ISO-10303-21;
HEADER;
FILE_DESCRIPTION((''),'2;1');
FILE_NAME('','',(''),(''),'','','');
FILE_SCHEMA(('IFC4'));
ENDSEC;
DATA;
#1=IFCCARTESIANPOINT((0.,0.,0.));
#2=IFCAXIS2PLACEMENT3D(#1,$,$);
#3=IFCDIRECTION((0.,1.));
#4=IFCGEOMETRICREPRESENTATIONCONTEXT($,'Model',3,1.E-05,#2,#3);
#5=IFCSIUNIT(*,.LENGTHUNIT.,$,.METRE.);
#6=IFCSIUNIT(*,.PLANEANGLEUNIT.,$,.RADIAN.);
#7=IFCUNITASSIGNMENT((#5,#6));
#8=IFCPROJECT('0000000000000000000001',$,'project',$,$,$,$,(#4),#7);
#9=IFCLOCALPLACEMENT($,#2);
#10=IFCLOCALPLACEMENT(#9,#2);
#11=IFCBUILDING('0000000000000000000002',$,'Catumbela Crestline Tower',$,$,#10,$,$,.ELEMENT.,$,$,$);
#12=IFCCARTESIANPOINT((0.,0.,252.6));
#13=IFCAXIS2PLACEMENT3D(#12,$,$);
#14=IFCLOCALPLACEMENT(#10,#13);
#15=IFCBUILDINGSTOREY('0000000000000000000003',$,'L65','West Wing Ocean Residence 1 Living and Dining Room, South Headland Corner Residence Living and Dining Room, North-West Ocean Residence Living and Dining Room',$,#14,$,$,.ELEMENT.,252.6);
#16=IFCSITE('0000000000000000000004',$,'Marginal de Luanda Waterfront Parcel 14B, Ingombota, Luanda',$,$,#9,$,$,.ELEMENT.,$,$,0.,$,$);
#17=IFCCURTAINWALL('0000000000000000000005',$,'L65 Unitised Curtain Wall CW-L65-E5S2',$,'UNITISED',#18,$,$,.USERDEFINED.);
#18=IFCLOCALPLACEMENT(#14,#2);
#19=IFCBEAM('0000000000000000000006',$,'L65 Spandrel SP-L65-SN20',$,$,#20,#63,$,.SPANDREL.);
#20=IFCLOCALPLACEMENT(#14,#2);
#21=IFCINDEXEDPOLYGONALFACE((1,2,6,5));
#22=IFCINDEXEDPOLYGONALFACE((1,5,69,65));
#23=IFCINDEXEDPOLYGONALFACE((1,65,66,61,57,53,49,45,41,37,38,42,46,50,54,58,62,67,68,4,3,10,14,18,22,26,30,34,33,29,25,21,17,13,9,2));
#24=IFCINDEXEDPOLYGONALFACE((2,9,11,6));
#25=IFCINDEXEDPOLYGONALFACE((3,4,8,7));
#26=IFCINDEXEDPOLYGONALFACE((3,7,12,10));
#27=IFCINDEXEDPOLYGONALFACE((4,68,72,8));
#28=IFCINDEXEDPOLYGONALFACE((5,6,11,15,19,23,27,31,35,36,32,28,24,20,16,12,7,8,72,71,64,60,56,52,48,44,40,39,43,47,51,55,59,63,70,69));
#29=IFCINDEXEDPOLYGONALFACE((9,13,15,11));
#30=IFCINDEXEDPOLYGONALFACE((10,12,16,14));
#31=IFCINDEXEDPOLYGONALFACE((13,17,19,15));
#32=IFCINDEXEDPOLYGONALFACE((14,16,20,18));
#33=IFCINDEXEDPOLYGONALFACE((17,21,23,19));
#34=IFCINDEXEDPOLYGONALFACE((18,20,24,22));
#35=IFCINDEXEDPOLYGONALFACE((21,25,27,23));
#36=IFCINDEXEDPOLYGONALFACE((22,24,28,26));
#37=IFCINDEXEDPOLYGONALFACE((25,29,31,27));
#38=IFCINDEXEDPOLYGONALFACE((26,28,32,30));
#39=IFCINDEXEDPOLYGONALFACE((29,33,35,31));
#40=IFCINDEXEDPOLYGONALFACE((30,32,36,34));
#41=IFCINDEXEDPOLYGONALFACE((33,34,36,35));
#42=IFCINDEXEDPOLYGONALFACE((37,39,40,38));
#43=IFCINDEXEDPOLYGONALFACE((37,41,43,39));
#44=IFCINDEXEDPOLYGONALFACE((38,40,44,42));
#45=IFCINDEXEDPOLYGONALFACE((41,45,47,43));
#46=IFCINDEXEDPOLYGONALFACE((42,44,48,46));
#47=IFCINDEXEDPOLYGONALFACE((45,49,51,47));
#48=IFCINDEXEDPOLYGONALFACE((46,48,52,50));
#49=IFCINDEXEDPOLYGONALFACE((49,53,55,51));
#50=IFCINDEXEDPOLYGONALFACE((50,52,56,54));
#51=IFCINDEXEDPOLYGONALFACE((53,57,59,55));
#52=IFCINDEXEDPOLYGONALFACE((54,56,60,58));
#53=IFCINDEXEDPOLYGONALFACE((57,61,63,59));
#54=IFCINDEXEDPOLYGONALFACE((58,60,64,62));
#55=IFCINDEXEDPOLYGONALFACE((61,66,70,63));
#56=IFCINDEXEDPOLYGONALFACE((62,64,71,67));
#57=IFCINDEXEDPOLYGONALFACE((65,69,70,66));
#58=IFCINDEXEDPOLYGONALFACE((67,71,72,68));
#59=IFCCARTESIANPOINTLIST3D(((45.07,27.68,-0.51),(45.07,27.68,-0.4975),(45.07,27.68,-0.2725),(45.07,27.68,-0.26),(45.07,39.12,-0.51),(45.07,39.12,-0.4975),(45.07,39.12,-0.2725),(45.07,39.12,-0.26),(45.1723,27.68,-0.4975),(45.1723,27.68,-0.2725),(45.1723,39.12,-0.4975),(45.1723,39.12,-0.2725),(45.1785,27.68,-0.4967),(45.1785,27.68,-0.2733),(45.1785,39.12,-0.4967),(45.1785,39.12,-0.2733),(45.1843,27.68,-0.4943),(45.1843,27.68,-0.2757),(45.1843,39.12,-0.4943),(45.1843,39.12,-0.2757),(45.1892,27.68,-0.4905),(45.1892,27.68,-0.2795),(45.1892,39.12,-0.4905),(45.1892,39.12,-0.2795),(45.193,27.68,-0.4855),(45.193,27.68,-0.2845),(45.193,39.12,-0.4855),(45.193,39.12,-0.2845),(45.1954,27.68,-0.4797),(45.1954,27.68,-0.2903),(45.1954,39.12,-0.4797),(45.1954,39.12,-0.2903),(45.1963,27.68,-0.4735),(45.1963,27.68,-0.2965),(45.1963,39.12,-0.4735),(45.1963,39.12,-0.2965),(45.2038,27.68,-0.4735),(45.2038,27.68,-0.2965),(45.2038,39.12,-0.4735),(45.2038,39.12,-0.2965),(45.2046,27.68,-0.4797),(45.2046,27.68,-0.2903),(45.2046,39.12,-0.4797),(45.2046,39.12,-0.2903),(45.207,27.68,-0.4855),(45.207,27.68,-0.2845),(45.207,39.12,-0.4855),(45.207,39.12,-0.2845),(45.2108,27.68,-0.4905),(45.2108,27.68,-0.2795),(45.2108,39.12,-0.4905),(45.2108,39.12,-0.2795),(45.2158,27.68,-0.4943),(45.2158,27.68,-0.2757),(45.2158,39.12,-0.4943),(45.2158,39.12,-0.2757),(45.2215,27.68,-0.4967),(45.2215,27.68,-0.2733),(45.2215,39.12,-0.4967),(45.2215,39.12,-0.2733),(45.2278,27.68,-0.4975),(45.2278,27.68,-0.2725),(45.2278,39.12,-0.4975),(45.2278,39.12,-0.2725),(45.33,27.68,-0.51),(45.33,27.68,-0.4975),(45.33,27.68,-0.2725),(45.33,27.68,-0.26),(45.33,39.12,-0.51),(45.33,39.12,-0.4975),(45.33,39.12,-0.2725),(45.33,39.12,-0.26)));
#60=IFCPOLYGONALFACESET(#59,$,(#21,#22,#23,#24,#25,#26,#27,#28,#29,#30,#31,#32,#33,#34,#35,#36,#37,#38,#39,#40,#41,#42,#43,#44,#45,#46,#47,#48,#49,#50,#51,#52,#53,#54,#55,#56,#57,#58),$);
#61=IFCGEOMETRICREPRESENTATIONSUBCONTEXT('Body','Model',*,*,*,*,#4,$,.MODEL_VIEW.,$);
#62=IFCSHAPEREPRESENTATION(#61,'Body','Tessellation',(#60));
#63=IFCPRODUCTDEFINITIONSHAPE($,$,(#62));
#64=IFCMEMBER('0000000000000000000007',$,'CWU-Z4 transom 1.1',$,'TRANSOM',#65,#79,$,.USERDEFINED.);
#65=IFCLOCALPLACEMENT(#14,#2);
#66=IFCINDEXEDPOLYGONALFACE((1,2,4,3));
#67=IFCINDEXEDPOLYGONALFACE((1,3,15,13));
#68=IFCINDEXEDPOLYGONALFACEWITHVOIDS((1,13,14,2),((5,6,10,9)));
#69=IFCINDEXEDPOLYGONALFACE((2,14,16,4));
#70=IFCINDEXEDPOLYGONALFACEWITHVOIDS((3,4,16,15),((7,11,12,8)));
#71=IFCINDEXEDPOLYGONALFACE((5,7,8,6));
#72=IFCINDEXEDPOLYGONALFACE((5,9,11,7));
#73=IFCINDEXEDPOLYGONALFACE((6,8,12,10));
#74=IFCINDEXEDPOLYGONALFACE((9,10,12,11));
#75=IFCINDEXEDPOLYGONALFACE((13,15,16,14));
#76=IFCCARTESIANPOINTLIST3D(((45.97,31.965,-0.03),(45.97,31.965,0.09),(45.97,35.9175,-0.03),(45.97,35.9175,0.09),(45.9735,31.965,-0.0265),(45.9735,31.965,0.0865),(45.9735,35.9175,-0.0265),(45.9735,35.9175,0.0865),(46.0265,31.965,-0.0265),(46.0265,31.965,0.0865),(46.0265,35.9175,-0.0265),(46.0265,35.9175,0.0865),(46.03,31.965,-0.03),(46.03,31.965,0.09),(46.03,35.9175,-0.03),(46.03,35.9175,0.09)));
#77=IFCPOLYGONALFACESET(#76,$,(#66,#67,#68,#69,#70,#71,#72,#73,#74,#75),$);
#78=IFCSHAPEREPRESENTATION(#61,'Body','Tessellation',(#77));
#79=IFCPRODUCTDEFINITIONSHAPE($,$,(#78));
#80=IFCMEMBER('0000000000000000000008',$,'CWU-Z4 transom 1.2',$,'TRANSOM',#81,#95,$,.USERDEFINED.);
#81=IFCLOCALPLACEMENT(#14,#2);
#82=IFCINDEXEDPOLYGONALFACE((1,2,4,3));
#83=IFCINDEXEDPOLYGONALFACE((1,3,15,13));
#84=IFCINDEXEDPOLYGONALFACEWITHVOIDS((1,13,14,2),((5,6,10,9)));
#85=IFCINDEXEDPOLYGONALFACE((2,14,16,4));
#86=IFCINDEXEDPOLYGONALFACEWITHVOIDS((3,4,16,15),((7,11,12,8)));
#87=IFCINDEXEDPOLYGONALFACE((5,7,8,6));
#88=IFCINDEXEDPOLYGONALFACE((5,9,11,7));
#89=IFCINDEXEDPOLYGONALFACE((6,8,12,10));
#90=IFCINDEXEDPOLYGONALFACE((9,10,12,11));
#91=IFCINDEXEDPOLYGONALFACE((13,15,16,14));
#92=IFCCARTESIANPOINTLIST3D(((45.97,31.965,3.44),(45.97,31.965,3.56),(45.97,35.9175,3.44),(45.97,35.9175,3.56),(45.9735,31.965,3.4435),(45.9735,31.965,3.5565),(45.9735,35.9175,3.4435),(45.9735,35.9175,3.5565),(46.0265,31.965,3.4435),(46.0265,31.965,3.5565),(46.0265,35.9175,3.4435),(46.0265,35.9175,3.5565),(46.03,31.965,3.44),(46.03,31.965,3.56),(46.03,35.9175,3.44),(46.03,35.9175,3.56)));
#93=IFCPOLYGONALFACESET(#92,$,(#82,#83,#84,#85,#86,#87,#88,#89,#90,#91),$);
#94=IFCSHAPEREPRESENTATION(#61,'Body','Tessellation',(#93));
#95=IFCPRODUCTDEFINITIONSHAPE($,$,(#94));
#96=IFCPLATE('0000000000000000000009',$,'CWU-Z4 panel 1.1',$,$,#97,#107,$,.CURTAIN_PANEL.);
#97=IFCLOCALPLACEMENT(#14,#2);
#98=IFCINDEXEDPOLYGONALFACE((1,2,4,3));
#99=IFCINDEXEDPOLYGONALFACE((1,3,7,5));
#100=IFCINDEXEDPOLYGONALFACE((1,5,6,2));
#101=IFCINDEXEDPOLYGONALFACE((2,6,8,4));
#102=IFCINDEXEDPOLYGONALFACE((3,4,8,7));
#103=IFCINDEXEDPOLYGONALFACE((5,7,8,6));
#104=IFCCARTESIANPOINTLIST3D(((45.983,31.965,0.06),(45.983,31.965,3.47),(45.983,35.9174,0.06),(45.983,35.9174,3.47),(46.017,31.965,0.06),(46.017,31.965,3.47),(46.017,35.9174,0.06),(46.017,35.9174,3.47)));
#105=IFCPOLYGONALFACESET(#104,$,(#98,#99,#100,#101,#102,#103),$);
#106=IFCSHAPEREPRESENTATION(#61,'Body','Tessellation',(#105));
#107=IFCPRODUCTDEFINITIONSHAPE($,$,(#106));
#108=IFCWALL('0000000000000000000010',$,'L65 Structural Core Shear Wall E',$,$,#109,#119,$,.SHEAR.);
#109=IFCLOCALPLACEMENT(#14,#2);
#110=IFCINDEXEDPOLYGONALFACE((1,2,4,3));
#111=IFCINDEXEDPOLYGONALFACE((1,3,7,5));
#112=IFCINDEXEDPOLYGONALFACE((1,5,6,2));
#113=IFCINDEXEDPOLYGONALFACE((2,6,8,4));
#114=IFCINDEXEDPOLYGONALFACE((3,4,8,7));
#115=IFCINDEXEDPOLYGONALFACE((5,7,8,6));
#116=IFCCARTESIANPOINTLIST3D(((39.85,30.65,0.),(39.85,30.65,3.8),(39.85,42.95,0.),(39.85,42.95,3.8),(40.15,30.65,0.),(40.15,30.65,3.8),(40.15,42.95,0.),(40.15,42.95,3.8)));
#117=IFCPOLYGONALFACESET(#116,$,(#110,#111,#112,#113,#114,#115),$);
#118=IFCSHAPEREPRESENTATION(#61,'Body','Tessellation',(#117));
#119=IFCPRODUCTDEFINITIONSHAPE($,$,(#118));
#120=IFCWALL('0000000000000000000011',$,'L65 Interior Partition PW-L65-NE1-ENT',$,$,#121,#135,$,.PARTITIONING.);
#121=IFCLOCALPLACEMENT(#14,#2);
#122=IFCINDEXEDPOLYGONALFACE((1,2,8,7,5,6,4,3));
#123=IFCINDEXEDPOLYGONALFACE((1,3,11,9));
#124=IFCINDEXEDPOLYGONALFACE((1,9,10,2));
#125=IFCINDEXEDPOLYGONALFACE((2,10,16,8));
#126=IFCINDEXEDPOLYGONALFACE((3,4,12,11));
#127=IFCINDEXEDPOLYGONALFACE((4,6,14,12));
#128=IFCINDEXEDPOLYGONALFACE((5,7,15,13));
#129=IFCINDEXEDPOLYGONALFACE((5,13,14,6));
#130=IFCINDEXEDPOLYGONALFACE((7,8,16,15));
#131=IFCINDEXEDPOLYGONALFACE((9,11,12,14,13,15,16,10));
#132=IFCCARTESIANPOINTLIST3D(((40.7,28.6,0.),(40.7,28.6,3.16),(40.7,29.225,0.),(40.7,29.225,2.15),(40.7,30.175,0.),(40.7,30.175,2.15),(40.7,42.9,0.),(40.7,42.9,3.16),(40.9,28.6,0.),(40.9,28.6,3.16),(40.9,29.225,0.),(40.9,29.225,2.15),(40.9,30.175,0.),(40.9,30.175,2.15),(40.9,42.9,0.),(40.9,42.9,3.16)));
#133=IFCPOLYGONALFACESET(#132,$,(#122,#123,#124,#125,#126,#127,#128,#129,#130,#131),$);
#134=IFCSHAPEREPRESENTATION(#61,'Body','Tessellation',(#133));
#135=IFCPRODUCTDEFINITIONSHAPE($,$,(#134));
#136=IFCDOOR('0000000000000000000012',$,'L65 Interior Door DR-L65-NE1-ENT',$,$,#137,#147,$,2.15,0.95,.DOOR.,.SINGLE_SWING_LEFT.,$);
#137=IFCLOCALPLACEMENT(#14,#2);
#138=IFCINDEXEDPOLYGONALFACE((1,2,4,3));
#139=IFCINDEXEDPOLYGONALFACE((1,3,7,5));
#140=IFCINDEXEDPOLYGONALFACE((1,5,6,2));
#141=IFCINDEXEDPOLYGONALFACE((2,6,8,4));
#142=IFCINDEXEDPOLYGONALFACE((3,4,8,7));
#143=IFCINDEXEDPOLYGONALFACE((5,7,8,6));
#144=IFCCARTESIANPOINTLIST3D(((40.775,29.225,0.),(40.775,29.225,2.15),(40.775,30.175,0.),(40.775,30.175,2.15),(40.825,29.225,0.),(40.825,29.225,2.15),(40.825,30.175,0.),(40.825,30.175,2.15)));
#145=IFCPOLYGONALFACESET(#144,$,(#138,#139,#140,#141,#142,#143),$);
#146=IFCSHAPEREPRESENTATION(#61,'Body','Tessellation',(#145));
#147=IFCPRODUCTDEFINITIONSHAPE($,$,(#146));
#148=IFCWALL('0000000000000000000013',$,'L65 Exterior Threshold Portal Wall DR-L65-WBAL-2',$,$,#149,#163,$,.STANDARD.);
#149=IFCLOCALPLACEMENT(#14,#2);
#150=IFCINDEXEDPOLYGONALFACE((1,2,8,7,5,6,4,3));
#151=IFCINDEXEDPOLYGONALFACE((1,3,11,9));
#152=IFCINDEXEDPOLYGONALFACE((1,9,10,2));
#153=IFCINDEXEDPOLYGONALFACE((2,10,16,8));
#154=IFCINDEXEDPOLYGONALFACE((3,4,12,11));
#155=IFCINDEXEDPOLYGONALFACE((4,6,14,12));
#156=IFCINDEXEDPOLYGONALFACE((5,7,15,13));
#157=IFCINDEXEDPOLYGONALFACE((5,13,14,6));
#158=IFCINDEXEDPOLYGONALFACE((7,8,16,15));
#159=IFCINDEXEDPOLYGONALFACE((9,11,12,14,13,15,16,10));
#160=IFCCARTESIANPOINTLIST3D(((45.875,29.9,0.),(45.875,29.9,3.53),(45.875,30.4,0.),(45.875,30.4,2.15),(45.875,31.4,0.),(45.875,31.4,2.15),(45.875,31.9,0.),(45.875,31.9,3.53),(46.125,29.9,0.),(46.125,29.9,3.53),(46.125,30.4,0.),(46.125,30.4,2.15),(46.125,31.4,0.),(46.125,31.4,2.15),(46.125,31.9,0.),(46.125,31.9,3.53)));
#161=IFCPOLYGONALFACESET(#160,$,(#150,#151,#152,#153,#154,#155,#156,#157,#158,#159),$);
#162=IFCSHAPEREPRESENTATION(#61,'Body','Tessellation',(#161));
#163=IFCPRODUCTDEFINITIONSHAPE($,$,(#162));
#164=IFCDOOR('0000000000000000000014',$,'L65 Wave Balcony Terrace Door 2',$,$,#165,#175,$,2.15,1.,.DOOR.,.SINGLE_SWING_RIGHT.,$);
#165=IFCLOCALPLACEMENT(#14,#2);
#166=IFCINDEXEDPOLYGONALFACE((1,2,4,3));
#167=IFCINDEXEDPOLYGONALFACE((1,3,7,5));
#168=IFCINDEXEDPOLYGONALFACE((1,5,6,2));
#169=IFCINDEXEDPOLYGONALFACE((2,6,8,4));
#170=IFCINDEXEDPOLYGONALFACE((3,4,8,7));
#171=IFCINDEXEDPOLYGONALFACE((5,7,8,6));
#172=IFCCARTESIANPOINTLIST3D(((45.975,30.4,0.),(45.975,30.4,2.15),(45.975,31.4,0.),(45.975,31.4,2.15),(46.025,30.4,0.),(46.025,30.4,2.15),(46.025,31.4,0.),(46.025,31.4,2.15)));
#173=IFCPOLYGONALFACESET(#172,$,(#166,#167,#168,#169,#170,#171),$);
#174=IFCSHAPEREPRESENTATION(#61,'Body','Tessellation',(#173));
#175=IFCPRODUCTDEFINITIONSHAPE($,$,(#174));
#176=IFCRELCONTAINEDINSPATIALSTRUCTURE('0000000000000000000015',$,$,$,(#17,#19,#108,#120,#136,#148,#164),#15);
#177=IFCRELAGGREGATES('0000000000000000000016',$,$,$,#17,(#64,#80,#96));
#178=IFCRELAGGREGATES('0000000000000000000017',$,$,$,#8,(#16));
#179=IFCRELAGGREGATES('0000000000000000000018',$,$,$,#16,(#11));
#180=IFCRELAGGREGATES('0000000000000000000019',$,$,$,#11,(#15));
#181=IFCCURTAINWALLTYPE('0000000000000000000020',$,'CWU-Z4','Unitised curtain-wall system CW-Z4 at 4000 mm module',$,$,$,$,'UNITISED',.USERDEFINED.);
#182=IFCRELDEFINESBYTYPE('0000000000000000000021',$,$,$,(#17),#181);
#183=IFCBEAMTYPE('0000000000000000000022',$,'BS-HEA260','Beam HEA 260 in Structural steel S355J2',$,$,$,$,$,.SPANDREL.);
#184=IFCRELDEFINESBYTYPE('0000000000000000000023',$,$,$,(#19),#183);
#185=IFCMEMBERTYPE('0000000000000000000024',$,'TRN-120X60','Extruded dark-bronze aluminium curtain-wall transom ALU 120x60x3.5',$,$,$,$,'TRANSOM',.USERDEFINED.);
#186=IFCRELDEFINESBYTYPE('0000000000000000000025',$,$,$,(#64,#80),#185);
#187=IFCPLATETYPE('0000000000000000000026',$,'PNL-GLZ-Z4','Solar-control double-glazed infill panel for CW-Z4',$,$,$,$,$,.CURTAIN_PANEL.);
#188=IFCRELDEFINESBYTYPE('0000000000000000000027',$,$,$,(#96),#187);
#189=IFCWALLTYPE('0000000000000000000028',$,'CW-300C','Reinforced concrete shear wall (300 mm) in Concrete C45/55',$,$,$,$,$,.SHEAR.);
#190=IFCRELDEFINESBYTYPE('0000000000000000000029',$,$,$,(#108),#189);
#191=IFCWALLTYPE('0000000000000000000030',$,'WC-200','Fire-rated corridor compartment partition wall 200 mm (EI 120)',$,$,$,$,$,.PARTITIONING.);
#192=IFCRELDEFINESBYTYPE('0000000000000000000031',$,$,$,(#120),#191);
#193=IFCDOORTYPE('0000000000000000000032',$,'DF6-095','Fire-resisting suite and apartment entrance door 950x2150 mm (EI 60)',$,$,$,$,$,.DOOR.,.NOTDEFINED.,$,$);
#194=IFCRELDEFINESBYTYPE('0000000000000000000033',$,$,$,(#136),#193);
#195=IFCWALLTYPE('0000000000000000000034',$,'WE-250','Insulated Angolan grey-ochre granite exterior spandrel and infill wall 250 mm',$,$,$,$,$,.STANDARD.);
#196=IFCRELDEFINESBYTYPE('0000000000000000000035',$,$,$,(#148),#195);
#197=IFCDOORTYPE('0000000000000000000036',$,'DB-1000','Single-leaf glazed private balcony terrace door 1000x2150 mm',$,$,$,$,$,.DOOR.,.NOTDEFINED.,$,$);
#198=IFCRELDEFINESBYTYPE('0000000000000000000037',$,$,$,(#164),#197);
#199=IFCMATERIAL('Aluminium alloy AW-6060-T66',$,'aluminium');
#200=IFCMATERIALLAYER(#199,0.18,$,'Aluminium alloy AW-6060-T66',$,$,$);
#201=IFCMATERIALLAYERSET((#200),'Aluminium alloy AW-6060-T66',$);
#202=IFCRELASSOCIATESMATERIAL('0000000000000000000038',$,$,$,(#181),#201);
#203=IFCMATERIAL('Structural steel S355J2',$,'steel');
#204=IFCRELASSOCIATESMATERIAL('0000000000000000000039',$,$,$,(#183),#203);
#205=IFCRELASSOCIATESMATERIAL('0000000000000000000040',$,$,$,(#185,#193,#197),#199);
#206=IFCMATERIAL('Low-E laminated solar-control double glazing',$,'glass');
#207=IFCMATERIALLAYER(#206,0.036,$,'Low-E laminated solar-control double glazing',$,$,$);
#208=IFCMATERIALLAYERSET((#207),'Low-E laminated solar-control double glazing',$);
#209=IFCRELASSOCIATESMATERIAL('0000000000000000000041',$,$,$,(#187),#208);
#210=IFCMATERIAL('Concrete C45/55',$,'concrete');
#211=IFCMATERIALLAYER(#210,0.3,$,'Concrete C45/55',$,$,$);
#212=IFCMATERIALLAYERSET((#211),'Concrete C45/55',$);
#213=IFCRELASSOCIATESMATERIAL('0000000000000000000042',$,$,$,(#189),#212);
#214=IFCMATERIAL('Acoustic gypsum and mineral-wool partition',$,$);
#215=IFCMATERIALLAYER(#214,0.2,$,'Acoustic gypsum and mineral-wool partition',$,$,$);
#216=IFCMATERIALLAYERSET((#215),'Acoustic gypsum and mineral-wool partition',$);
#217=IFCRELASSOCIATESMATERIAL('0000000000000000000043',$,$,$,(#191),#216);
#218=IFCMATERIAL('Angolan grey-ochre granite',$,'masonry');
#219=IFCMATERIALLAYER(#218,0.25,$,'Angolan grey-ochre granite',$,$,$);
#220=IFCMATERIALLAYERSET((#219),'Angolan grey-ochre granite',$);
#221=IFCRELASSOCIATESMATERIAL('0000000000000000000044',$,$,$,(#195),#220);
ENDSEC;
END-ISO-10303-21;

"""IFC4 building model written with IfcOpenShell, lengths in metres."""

from ifc_helpers import new_model, si_unit, direction, frame, frame_2d, origin, origin_2d, place, context, subcontext, project, spatial, rectangle, hollow_rectangle, i_section, extrude, material, layer, layer_set, material_profile, profile_set, type_object, element, fill, aggregate, save


model = new_model("IFC4")

# Units and contexts
model_context = context("Model", 3, precision=1e-05, world=origin(), true_north=direction((0.0, 1.0)))
body_context = subcontext(model_context, "Body", "Model", "MODEL_VIEW")
ifc_project = project(units=[si_unit("LENGTHUNIT", "METRE"), si_unit("PLANEANGLEUNIT", "RADIAN")], contexts=[model_context])

# Site, building, storey
site_placement = place(None, origin())
site = spatial("IfcSite", under=ifc_project, at=site_placement, Name="Marginal de Luanda Waterfront Parcel 14B, Ingombota, Luanda", CompositionType="ELEMENT", RefElevation=0.0)
building_placement = place(site_placement, origin())
building = spatial("IfcBuilding", under=site, at=building_placement, Name="Catumbela Crestline Tower", CompositionType="ELEMENT")
storey_placement = place(building_placement, frame((0.0, 0.0, 252.6)))
storey = spatial("IfcBuildingStorey", under=building, at=storey_placement, Name="L65", Description="West Wing Ocean Residence 1 Living and Dining Room, South Headland Corner Residence Living and Dining Room, North-West Ocean Residence Living and Dining Room", CompositionType="ELEMENT", Elevation=252.6)

# Shared definitions
ifc_material_1 = material(Name="Concrete C45/55", Category="concrete")
ifc_material_2 = material(Name="Structural steel S355J2", Category="steel")

# Curtain wall
ifc_material_3 = material(Name="Aluminium alloy AW-6060-T66", Category="aluminium")
ifc_layer_1 = layer(ifc_material_3, 0.18, Name="Aluminium alloy AW-6060-T66")
ifc_layer_set_1 = layer_set([ifc_layer_1], Name="Aluminium alloy AW-6060-T66")
curtain_wall_type = type_object("IfcCurtainWallType", Name="CWU-Z4", Description="Unitised curtain-wall system CW-Z4 at 4000 mm module", ElementType="UNITISED", PredefinedType="USERDEFINED", material=ifc_layer_set_1)
curtain_wall_placement = place(storey_placement, origin())
curtain_wall = element("IfcCurtainWall", 1, at=curtain_wall_placement, inside=storey, type_object=curtain_wall_type, Name="L65 Unitised Curtain Wall CW-L65-E5S2", ObjectType="UNITISED", PredefinedType="USERDEFINED")

# Beam
ifc_material_profile_1 = material_profile(ifc_material_2, i_section(OverallWidth=0.26, OverallDepth=0.25, WebThickness=0.0075, FlangeThickness=0.0125, FilletRadius=0.024, at=origin_2d()), Name="HEA 260")
ifc_profile_set_1 = profile_set([ifc_material_profile_1], Name="Structural steel S355J2")
beam_type_1 = type_object("IfcBeamType", Name="BS-HEA260", Description="Beam HEA 260 in Structural steel S355J2", PredefinedType="SPANDREL", material=ifc_profile_set_1)
beam_1_placement = place(storey_placement, frame((45.2, 27.68, -0.385), z_axis=(0.0, 1.0, 0.0), x_axis=(-1.0, 0.0, 0.0)))
element("IfcBeam", 2, at=beam_1_placement, inside=storey, type_object=beam_type_1, Name="L65 Spandrel SP-L65-SN20", PredefinedType="SPANDREL", context=body_context, shape_type="SweptSolid", body=[
    extrude(i_section(OverallWidth=0.26, OverallDepth=0.25, WebThickness=0.0075, FlangeThickness=0.0125, FilletRadius=0.024, at=origin_2d()), origin(), (0.0, 0.0, 1.0), 11.44),
])

# Members
ifc_material_profile_2 = material_profile(ifc_material_3, hollow_rectangle(XDim=0.06, YDim=0.12, WallThickness=0.0035, at=origin_2d()), Name="ALU 120x60x3.5")
ifc_profile_set_2 = profile_set([ifc_material_profile_2], Name="Aluminium alloy AW-6060-T66")
member_type_1 = type_object("IfcMemberType", Name="TRN-120X60", Description="Extruded dark-bronze aluminium curtain-wall transom ALU 120x60x3.5", ElementType="TRANSOM", PredefinedType="USERDEFINED", material=ifc_profile_set_2)
member_1_placement = place(storey_placement, frame((46.0, 31.965, 0.03), z_axis=(0.0, 1.0, 0.0), x_axis=(-1.0, 0.0, 0.0)))
member_1 = element("IfcMember", 3, at=member_1_placement, type_object=member_type_1, Name="CWU-Z4 transom 1.1", ObjectType="TRANSOM", PredefinedType="USERDEFINED", context=body_context, shape_type="SweptSolid", body=[
    extrude(hollow_rectangle(XDim=0.06, YDim=0.12, WallThickness=0.0035, at=origin_2d()), origin(), (0.0, 0.0, 1.0), 3.9525),
])
member_2_placement = place(storey_placement, frame((46.0, 31.965, 3.5), z_axis=(0.0, 1.0, 0.0), x_axis=(-1.0, 0.0, 0.0)))
member_2 = element("IfcMember", 4, at=member_2_placement, type_object=member_type_1, Name="CWU-Z4 transom 1.2", ObjectType="TRANSOM", PredefinedType="USERDEFINED", context=body_context, shape_type="SweptSolid", body=[
    extrude(hollow_rectangle(XDim=0.06, YDim=0.12, WallThickness=0.0035, at=origin_2d()), origin(), (0.0, 0.0, 1.0), 3.9525),
])

# Plate
ifc_material_4 = material(Name="Low-E laminated solar-control double glazing", Category="glass")
ifc_layer_2 = layer(ifc_material_4, 0.036, Name="Low-E laminated solar-control double glazing")
ifc_layer_set_2 = layer_set([ifc_layer_2], Name="Low-E laminated solar-control double glazing")
plate_type = type_object("IfcPlateType", Name="PNL-GLZ-Z4", Description="Solar-control double-glazed infill panel for CW-Z4", PredefinedType="CURTAIN_PANEL", material=ifc_layer_set_2)
plate_placement = place(storey_placement, frame((46.0, 33.9412, 0.06), z_axis=(0.0, 0.0, 1.0), x_axis=(0.0, 1.0, 0.0)))
plate = element("IfcPlate", 5, at=plate_placement, type_object=plate_type, Name="CWU-Z4 panel 1.1", PredefinedType="CURTAIN_PANEL", context=body_context, shape_type="SweptSolid", body=[
    extrude(rectangle(XDim=3.9525, YDim=0.034, at=origin_2d()), origin(), (0.0, 0.0, 1.0), 3.41),
])
aggregate(curtain_wall, [member_1, member_2, plate])

# Wall
ifc_layer_3 = layer(ifc_material_1, 0.3, Name="Concrete C45/55")
ifc_layer_set_3 = layer_set([ifc_layer_3], Name="Concrete C45/55")
wall_type_1 = type_object("IfcWallType", Name="CW-300C", Description="Reinforced concrete shear wall (300 mm) in Concrete C45/55", PredefinedType="SHEAR", material=ifc_layer_set_3)
wall_1_placement = place(storey_placement, frame((40.0, 30.65, 0.0), z_axis=(0.0, 0.0, 1.0), x_axis=(0.0, 1.0, 0.0)))
element("IfcWall", 6, at=wall_1_placement, inside=storey, type_object=wall_type_1, Name="L65 Structural Core Shear Wall E", PredefinedType="SHEAR", context=body_context, shape_type="SweptSolid", body=[
    extrude(rectangle(XDim=12.3, YDim=0.3, at=frame_2d((6.15, 0.0))), origin(), (0.0, 0.0, 1.0), 3.8),
])

# Walls, openings, doors
ifc_material_5 = material(Name="Acoustic gypsum and mineral-wool partition")
ifc_layer_4 = layer(ifc_material_5, 0.2, Name="Acoustic gypsum and mineral-wool partition")
ifc_layer_set_4 = layer_set([ifc_layer_4], Name="Acoustic gypsum and mineral-wool partition")
wall_type_2 = type_object("IfcWallType", Name="WC-200", Description="Fire-rated corridor compartment partition wall 200 mm (EI 120)", PredefinedType="PARTITIONING", material=ifc_layer_set_4)
wall_2_placement = place(storey_placement, frame((40.8, 28.6, 0.0), z_axis=(0.0, 0.0, 1.0), x_axis=(0.0, 1.0, 0.0)))
wall_2 = element("IfcWall", 7, at=wall_2_placement, inside=storey, type_object=wall_type_2, Name="L65 Interior Partition PW-L65-NE1-ENT", PredefinedType="PARTITIONING", context=body_context, shape_type="SweptSolid", body=[
    extrude(rectangle(XDim=14.3, YDim=0.2, at=frame_2d((7.15, 0.0))), origin(), (0.0, 0.0, 1.0), 3.16),
])
opening_1_placement = place(wall_2_placement, frame((0.625, 0.0, 0.0)))
opening_1 = element("IfcOpeningElement", 8, at=opening_1_placement, cuts=wall_2, PredefinedType="OPENING", context=body_context, shape_type="SweptSolid", body=[
    extrude(rectangle(XDim=0.95, YDim=2.15, at=frame_2d((0.475, 1.075))), frame((0.0, 0.11, 0.0), z_axis=(0.0, -1.0, 0.0), x_axis=(1.0, 0.0, 0.0)), (0.0, 0.0, 1.0), 0.22),
])
door_type_1 = type_object("IfcDoorType", Name="DF6-095", Description="Fire-resisting suite and apartment entrance door 950x2150 mm (EI 60)", OperationType="NOTDEFINED", PredefinedType="DOOR", material=ifc_material_3)
door_1_placement = place(opening_1_placement, origin())
door_1 = element("IfcDoor", 9, at=door_1_placement, inside=storey, type_object=door_type_1, Name="L65 Interior Door DR-L65-NE1-ENT", OperationType="SINGLE_SWING_LEFT", OverallHeight=2.15, OverallWidth=0.95, PredefinedType="DOOR", context=body_context, shape_type="SweptSolid", body=[
    extrude(rectangle(XDim=0.95, YDim=2.15, at=frame_2d((0.475, 1.075))), frame((0.0, 0.025, 0.0), z_axis=(0.0, -1.0, 0.0), x_axis=(1.0, 0.0, 0.0)), (0.0, 0.0, 1.0), 0.05),
])
fill(opening_1, door_1)
ifc_material_6 = material(Name="Angolan grey-ochre granite", Category="masonry")
ifc_layer_5 = layer(ifc_material_6, 0.25, Name="Angolan grey-ochre granite")
ifc_layer_set_5 = layer_set([ifc_layer_5], Name="Angolan grey-ochre granite")
wall_type_3 = type_object("IfcWallType", Name="WE-250", Description="Insulated Angolan grey-ochre granite exterior spandrel and infill wall 250 mm", PredefinedType="STANDARD", material=ifc_layer_set_5)
wall_3_placement = place(storey_placement, frame((46.0, 29.9, 0.0), z_axis=(0.0, 0.0, 1.0), x_axis=(0.0, 1.0, 0.0)))
wall_3 = element("IfcWall", 10, at=wall_3_placement, inside=storey, type_object=wall_type_3, Name="L65 Exterior Threshold Portal Wall DR-L65-WBAL-2", PredefinedType="STANDARD", context=body_context, shape_type="SweptSolid", body=[
    extrude(rectangle(XDim=2.0, YDim=0.25, at=frame_2d((1.0, 0.0))), origin(), (0.0, 0.0, 1.0), 3.53),
])
opening_2_placement = place(wall_3_placement, frame((0.5, 0.0, 0.0)))
opening_2 = element("IfcOpeningElement", 11, at=opening_2_placement, cuts=wall_3, PredefinedType="OPENING", context=body_context, shape_type="SweptSolid", body=[
    extrude(rectangle(XDim=1.0, YDim=2.15, at=frame_2d((0.5, 1.075))), frame((0.0, 0.135, 0.0), z_axis=(0.0, -1.0, 0.0), x_axis=(1.0, 0.0, 0.0)), (0.0, 0.0, 1.0), 0.27),
])
door_type_2 = type_object("IfcDoorType", Name="DB-1000", Description="Single-leaf glazed private balcony terrace door 1000x2150 mm", OperationType="NOTDEFINED", PredefinedType="DOOR", material=ifc_material_3)
door_2_placement = place(opening_2_placement, origin())
door_2 = element("IfcDoor", 12, at=door_2_placement, inside=storey, type_object=door_type_2, Name="L65 Wave Balcony Terrace Door 2", OperationType="SINGLE_SWING_RIGHT", OverallHeight=2.15, OverallWidth=1.0, PredefinedType="DOOR", context=body_context, shape_type="SweptSolid", body=[
    extrude(rectangle(XDim=1.0, YDim=2.15, at=frame_2d((0.5, 1.075))), frame((0.0, 0.025, 0.0), z_axis=(0.0, -1.0, 0.0), x_axis=(1.0, 0.0, 0.0)), (0.0, 0.0, 1.0), 0.05),
])
fill(opening_2, door_2)

save(model, "model.ifc")
